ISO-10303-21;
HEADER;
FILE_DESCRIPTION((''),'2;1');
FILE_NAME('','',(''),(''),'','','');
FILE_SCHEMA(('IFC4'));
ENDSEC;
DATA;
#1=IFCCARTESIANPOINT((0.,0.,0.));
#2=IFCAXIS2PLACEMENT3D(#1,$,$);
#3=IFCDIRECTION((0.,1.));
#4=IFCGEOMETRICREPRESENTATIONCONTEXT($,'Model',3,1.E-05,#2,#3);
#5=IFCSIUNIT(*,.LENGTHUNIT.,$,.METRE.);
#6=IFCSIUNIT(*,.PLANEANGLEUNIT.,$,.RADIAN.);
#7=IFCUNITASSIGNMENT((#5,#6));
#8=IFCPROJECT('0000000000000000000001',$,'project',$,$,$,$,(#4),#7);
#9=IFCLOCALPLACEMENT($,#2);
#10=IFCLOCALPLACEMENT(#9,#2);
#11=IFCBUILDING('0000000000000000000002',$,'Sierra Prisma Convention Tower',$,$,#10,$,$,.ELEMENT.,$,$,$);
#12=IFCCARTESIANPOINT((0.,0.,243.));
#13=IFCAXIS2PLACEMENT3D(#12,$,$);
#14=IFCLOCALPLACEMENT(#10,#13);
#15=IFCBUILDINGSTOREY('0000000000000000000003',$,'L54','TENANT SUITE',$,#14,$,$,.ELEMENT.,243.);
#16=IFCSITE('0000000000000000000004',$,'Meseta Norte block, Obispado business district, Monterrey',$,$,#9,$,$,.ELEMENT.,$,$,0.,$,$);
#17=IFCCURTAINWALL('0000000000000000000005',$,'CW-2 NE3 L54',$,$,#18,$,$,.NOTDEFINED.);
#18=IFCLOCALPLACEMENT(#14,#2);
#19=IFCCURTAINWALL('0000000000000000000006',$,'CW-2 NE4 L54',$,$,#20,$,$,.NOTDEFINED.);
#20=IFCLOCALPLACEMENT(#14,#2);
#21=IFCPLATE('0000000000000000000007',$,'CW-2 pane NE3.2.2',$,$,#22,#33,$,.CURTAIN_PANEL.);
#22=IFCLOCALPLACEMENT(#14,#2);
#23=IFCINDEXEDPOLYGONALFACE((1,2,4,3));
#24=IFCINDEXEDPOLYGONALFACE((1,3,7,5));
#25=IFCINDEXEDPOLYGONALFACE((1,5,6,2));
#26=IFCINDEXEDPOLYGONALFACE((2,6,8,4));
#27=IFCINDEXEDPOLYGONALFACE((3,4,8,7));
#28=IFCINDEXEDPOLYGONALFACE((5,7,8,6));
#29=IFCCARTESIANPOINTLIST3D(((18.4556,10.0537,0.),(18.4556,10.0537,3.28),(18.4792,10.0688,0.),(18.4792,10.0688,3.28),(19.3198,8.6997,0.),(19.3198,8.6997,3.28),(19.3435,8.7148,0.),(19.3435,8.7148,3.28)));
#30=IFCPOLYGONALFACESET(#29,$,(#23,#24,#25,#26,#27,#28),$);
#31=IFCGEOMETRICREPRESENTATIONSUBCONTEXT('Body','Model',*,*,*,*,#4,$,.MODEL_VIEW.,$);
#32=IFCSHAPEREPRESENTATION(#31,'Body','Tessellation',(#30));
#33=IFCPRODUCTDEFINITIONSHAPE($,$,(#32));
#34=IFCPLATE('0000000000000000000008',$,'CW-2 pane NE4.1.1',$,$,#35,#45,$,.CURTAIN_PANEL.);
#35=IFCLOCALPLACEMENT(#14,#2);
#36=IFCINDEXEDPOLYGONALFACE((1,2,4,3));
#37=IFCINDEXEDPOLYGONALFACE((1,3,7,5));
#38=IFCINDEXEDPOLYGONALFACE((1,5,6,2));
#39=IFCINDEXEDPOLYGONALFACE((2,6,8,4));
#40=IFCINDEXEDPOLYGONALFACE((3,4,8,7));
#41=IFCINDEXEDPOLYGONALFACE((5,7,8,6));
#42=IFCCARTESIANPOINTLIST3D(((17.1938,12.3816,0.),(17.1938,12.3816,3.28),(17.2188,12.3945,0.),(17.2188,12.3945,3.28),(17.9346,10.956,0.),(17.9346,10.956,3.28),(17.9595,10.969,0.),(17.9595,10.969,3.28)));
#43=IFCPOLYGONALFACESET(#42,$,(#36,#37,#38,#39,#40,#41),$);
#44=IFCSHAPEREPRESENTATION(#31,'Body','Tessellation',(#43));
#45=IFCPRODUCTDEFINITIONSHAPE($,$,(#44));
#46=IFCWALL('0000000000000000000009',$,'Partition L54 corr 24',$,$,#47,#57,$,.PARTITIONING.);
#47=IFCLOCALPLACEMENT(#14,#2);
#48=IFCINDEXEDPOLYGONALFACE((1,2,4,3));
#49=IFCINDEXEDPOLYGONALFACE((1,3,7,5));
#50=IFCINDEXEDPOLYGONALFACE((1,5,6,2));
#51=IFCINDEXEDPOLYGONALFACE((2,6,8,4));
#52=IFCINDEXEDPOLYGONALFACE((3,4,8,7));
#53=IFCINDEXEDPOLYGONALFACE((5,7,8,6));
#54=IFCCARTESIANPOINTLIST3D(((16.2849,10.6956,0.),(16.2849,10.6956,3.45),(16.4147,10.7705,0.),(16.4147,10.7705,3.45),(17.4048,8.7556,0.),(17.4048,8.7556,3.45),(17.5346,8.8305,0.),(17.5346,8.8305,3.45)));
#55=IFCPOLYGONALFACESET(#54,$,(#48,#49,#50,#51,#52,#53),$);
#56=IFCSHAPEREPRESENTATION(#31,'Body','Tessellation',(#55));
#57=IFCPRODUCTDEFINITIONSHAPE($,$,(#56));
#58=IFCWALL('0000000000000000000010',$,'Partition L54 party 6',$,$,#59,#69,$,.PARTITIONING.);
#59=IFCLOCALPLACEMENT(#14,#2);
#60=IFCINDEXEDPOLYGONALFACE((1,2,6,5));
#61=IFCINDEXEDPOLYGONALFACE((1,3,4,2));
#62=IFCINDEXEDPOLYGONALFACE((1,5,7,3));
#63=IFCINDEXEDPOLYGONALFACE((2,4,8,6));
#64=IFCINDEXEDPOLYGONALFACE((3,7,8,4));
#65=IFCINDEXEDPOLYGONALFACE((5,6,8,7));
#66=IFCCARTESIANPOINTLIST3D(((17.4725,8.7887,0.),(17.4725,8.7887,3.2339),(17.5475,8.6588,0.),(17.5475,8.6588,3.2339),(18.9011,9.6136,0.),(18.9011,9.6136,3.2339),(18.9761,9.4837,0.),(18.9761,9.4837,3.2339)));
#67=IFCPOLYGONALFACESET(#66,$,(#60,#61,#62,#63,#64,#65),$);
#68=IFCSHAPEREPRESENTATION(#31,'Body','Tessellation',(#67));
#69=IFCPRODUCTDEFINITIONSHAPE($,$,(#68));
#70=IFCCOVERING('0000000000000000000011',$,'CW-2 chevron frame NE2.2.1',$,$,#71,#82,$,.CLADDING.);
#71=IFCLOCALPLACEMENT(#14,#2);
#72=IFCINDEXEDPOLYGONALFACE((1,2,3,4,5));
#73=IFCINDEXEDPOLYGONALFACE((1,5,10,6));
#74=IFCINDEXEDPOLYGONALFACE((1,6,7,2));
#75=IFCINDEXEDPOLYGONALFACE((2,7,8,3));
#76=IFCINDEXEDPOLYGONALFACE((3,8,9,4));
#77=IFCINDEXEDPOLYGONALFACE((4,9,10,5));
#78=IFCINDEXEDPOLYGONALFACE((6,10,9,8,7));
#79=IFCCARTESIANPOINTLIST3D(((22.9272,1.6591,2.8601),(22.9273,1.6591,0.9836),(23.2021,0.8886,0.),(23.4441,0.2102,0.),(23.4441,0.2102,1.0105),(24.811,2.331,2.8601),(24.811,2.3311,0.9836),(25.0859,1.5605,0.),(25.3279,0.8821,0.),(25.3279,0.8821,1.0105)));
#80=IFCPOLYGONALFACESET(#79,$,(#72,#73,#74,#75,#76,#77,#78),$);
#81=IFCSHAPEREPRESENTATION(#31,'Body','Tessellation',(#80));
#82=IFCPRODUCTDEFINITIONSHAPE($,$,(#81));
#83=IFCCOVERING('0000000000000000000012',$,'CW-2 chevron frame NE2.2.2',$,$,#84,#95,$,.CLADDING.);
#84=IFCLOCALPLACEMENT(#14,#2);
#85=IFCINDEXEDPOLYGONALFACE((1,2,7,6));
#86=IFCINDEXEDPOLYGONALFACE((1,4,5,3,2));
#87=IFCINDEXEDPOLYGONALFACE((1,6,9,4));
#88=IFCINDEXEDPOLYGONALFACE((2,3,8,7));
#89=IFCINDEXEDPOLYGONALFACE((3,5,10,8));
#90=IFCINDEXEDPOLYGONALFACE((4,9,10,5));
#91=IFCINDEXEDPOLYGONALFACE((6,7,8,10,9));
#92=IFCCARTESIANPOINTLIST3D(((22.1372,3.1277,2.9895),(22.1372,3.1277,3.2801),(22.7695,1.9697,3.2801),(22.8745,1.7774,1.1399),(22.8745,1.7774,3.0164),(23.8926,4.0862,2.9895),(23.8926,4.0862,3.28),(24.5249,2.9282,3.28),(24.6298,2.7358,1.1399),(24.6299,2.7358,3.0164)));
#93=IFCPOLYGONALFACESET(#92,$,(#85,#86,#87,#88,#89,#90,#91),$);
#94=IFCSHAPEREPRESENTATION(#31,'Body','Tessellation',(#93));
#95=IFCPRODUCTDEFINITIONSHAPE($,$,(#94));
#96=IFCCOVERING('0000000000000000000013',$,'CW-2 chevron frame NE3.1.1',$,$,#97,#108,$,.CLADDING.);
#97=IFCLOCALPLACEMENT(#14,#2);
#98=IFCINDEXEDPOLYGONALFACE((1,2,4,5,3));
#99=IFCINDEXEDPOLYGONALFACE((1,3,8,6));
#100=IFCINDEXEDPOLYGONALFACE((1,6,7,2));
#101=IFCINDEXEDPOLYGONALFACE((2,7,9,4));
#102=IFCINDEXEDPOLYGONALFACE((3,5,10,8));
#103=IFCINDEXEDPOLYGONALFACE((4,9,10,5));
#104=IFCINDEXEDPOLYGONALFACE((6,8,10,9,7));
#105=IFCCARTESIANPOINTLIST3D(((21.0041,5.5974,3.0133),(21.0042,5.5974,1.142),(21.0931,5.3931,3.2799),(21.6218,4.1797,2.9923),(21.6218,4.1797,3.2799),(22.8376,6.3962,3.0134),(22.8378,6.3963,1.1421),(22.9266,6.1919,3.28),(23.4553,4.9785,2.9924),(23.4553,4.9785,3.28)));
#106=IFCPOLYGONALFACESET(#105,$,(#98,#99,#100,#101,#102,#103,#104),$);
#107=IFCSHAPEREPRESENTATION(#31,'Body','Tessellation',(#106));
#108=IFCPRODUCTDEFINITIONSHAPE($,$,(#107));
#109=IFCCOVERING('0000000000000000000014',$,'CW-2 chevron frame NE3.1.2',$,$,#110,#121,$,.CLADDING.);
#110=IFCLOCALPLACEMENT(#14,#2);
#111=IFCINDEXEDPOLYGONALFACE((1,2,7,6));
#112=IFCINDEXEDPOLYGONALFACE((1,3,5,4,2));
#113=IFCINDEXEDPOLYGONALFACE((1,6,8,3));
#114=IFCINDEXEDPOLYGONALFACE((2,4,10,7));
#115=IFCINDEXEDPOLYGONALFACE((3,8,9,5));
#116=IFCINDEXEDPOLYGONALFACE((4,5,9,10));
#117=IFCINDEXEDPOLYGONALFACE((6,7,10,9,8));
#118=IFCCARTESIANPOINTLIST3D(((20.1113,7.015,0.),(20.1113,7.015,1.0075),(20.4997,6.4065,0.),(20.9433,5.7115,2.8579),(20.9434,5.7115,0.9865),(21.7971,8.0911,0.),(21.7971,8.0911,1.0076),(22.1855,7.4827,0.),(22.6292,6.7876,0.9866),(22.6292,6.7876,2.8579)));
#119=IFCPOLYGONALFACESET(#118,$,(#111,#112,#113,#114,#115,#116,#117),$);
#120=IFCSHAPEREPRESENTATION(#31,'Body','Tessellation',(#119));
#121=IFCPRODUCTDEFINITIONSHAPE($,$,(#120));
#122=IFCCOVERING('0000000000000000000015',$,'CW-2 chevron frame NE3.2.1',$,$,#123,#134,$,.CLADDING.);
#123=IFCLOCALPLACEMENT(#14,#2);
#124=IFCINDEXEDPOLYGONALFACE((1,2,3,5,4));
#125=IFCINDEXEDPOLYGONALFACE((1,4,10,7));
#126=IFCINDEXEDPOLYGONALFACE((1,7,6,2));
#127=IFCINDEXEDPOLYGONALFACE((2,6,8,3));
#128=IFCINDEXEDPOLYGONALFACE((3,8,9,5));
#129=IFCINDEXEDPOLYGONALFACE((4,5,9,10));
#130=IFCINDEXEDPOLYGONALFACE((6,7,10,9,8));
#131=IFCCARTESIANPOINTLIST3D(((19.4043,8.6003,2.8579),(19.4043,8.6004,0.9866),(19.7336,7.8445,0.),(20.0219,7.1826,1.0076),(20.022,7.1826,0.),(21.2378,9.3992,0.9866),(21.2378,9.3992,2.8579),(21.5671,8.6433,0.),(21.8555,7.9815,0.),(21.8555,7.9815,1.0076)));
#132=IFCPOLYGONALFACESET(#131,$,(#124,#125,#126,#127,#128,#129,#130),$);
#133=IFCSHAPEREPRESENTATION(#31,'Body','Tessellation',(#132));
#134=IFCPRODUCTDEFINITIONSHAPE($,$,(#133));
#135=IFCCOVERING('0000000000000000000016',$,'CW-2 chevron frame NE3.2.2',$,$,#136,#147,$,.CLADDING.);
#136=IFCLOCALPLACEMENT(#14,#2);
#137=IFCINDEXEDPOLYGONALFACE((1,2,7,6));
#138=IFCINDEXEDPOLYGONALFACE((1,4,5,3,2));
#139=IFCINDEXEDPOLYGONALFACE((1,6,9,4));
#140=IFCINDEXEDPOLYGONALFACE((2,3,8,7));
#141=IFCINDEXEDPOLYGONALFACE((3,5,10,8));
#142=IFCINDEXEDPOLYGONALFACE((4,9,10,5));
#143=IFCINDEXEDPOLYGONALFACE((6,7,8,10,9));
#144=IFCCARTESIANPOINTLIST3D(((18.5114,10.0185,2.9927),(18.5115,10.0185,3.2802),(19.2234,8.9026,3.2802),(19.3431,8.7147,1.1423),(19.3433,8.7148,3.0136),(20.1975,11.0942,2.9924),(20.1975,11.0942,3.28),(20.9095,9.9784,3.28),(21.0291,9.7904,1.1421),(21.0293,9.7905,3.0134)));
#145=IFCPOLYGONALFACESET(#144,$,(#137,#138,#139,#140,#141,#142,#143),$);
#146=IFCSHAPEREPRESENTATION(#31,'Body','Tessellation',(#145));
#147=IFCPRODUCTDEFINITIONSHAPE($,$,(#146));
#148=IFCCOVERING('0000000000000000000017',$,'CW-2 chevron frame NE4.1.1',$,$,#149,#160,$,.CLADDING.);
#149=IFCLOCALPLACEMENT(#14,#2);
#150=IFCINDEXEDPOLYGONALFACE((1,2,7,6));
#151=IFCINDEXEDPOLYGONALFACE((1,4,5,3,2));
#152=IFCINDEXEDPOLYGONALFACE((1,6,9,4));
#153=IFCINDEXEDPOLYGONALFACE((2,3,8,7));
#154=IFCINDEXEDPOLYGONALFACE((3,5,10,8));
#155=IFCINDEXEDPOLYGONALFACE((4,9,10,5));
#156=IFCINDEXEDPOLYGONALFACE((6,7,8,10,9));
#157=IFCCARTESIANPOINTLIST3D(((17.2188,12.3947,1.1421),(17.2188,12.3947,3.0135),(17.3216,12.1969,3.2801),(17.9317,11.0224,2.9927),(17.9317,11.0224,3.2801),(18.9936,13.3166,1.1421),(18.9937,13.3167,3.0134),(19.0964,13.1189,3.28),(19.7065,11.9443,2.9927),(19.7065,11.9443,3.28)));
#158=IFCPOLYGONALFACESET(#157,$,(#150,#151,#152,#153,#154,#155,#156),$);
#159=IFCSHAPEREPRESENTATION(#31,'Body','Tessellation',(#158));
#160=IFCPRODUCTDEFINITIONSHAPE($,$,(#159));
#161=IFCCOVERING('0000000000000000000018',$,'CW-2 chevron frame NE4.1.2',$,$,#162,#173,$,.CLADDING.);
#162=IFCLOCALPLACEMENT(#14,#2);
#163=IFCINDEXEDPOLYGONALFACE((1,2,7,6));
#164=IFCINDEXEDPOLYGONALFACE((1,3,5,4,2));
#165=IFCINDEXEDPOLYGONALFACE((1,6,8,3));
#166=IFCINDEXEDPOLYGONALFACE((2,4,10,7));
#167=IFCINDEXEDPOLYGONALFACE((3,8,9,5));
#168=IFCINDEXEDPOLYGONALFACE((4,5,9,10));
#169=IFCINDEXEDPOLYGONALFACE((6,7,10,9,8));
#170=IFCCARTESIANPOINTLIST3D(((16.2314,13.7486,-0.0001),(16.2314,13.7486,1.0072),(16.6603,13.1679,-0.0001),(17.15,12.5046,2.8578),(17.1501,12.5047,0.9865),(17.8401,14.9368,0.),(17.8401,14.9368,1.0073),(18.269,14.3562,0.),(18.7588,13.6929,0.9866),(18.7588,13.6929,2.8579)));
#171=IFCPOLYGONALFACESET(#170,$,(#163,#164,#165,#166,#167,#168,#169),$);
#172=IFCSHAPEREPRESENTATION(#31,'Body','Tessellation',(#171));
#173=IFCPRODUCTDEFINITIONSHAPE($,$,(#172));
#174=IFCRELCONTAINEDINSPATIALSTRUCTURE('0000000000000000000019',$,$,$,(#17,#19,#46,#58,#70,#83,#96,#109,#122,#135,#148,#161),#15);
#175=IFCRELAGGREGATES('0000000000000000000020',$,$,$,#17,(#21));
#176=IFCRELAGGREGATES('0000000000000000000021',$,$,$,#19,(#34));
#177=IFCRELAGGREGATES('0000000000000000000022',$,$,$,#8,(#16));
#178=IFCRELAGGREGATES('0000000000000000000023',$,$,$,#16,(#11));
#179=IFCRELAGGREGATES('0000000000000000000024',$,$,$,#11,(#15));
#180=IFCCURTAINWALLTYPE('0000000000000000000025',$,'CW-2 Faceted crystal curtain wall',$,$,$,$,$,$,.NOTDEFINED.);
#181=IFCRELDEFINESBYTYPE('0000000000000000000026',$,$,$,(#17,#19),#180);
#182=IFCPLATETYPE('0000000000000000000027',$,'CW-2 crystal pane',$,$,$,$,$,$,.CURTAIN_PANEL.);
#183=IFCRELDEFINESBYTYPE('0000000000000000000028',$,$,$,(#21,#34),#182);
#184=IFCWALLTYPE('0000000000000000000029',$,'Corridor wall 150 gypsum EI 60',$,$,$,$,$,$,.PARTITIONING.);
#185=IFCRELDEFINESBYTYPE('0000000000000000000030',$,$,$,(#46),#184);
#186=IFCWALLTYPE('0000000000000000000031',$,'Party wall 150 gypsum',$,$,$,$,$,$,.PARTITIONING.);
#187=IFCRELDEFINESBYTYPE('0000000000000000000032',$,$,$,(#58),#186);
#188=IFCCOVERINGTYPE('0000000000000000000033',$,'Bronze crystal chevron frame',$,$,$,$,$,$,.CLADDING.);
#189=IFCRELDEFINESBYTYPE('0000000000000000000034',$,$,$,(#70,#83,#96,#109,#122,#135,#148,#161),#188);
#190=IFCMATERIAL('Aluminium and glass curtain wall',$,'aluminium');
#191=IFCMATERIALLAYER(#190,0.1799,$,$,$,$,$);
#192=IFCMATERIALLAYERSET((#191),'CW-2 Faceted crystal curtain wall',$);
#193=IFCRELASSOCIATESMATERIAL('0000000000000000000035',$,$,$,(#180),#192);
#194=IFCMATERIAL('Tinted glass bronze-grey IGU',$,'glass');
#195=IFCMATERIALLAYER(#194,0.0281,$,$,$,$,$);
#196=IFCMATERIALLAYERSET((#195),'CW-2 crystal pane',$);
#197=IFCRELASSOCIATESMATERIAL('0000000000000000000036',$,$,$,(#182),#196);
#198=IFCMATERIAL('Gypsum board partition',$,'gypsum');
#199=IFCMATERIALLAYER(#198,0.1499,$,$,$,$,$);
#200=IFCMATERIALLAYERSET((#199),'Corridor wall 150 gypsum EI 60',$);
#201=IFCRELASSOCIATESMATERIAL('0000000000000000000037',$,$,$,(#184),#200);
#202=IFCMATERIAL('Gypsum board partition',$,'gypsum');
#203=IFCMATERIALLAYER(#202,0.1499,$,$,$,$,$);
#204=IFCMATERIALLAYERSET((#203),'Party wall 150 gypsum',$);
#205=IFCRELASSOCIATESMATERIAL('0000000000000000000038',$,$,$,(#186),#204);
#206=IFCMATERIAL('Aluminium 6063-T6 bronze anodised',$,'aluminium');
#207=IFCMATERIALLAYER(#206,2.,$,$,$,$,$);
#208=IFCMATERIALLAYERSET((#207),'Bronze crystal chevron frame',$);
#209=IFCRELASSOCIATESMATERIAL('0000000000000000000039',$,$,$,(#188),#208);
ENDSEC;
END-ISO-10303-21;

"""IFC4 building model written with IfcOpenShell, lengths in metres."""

from ifc_helpers import new_model, si_unit, direction, frame, frame_2d, origin, place, context, subcontext, project, spatial, polyline, rectangle, outline, extrude, material, layer, layer_set, type_object, element, aggregate, save


model = new_model("IFC4")

# Units and contexts
model_context = context("Model", 3, precision=1e-05, world=origin(), true_north=direction((0.0, 1.0)))
body_context = subcontext(model_context, "Body", "Model", "MODEL_VIEW")
ifc_project = project(units=[si_unit("LENGTHUNIT", "METRE"), si_unit("PLANEANGLEUNIT", "RADIAN")], contexts=[model_context])

# Site, building, storey
site_placement = place(None, origin())
site = spatial("IfcSite", under=ifc_project, at=site_placement, Name="Meseta Norte block, Obispado business district, Monterrey", CompositionType="ELEMENT", RefElevation=0.0)
building_placement = place(site_placement, origin())
building = spatial("IfcBuilding", under=site, at=building_placement, Name="Sierra Prisma Convention Tower", CompositionType="ELEMENT")
storey_placement = place(building_placement, frame((0.0, 0.0, 243.0)))
storey = spatial("IfcBuildingStorey", under=building, at=storey_placement, Name="L54", Description="TENANT SUITE", CompositionType="ELEMENT", Elevation=243.0)

# Shared definitions
ifc_material_1 = material(Name="Aluminium and glass curtain wall", Category="aluminium")
ifc_layer_1 = layer(ifc_material_1, 0.1799)
ifc_layer_set_1 = layer_set([ifc_layer_1], Name="CW-2 Faceted crystal curtain wall")
curtain_wall_type = type_object("IfcCurtainWallType", Name="CW-2 Faceted crystal curtain wall", PredefinedType="NOTDEFINED", material=ifc_layer_set_1)

# Curtain wall
curtain_wall_1_placement = place(storey_placement, origin())
curtain_wall_1 = element("IfcCurtainWall", 1, at=curtain_wall_1_placement, inside=storey, type_object=curtain_wall_type, Name="CW-2 NE3 L54", PredefinedType="NOTDEFINED")

# Curtain wall
curtain_wall_2_placement = place(storey_placement, origin())
curtain_wall_2 = element("IfcCurtainWall", 2, at=curtain_wall_2_placement, inside=storey, type_object=curtain_wall_type, Name="CW-2 NE4 L54", PredefinedType="NOTDEFINED")

# Plates
ifc_material_2 = material(Name="Tinted glass bronze-grey IGU", Category="glass")
ifc_layer_2 = layer(ifc_material_2, 0.0281)
ifc_layer_set_2 = layer_set([ifc_layer_2], Name="CW-2 crystal pane")
plate_type = type_object("IfcPlateType", Name="CW-2 crystal pane", PredefinedType="CURTAIN_PANEL", material=ifc_layer_set_2)
plate_1_placement = place(storey_placement, frame((18.4792, 10.0688, 0.0), z_axis=(0.842922, 0.538035, 0.0), x_axis=(0.538035, -0.842922, 0.0)))
plate_1 = element("IfcPlate", 3, at=plate_1_placement, type_object=plate_type, Name="CW-2 pane NE3.2.2", PredefinedType="CURTAIN_PANEL", context=body_context, shape_type="SweptSolid", body=[
    extrude(outline(polyline([(0.0, 0.0), (1.6063, 0.0), (1.6063, -3.28), (0.0, -3.28), (0.0, 0.0)])), origin(), (0.0, 0.0, -1.0), 0.0281),
])
aggregate(curtain_wall_1, [plate_1])
plate_2_placement = place(storey_placement, frame((17.9595, 10.969, 0.0), z_axis=(0.887359, 0.46108, 0.0), x_axis=(-0.46108, 0.887359, 0.0)))
plate_2 = element("IfcPlate", 4, at=plate_2_placement, type_object=plate_type, Name="CW-2 pane NE4.1.1", PredefinedType="CURTAIN_PANEL", context=body_context, shape_type="SweptSolid", body=[
    extrude(outline(polyline([(0.0, 0.0), (1.6065, 0.0), (1.6065, 3.28), (0.0, 3.28), (0.0, 0.0)])), origin(), (0.0, 0.0, -1.0), 0.0281),
])
aggregate(curtain_wall_2, [plate_2])

# Walls
ifc_material_3 = material(Name="Gypsum board partition", Category="gypsum")
ifc_layer_3 = layer(ifc_material_3, 0.1499)
ifc_layer_set_3 = layer_set([ifc_layer_3], Name="Corridor wall 150 gypsum EI 60")
wall_type_1 = type_object("IfcWallType", Name="Corridor wall 150 gypsum EI 60", PredefinedType="PARTITIONING", material=ifc_layer_set_3)
wall_1_placement = place(storey_placement, frame((17.4697, 8.793, 0.0), z_axis=(0.0, 0.0, 1.0), x_axis=(-0.499949, 0.866055, 0.0)))
element("IfcWall", 5, at=wall_1_placement, inside=storey, type_object=wall_type_1, Name="Partition L54 corr 24", PredefinedType="PARTITIONING", context=body_context, shape_type="SweptSolid", body=[
    extrude(rectangle(XDim=2.24, YDim=0.1499, at=frame_2d((1.1201, 0.0))), origin(), (0.0, 0.0, 1.0), 3.45),
])
ifc_material_4 = material(Name="Gypsum board partition", Category="gypsum")
ifc_layer_4 = layer(ifc_material_4, 0.1499)
ifc_layer_set_4 = layer_set([ifc_layer_4], Name="Party wall 150 gypsum")
wall_type_2 = type_object("IfcWallType", Name="Party wall 150 gypsum", PredefinedType="PARTITIONING", material=ifc_layer_set_4)
wall_2_placement = place(storey_placement, frame((18.9385, 9.5486, 0.0), z_axis=(0.0, 0.0, 1.0), x_axis=(-0.866003, -0.500038, 0.0)))
element("IfcWall", 6, at=wall_2_placement, inside=storey, type_object=wall_type_2, Name="Partition L54 party 6", PredefinedType="PARTITIONING", context=body_context, shape_type="SweptSolid", body=[
    extrude(rectangle(XDim=1.6497, YDim=0.1499, at=frame_2d((0.8247, 0.0))), origin(), (0.0, 0.0, 1.0), 3.2339),
])

# Coverings
ifc_material_5 = material(Name="Aluminium 6063-T6 bronze anodised", Category="aluminium")
ifc_layer_5 = layer(ifc_material_5, 2.0)
ifc_layer_set_5 = layer_set([ifc_layer_5], Name="Bronze crystal chevron frame")
covering_type = type_object("IfcCoveringType", Name="Bronze crystal chevron frame", PredefinedType="CLADDING", material=ifc_layer_set_5)
covering_1_placement = place(storey_placement, frame((25.3279, 0.8821, 0.0), z_axis=(0.941879, 0.335954, 0.000018), x_axis=(-0.335954, 0.941879, 0.0)))
element("IfcCovering", 7, at=covering_1_placement, inside=storey, type_object=covering_type, Name="CW-2 chevron frame NE2.2.1", PredefinedType="CLADDING", context=body_context, shape_type="SweptSolid", body=[
    extrude(outline(polyline([(0.0, 0.0), (0.7203, 0.0), (1.5384, 0.9836), (1.5384, 2.8601), (0.0, 1.0105), (0.0, 0.0)])), origin(), (0.0, 0.0, -1.0), 2.0),
])
covering_2_placement = place(storey_placement, frame((23.8926, 4.0862, 3.28), z_axis=(0.877687, 0.479234, -0.000023), x_axis=(0.479234, -0.877687, 0.0)))
element("IfcCovering", 8, at=covering_2_placement, inside=storey, type_object=covering_type, Name="CW-2 chevron frame NE2.2.2", PredefinedType="CLADDING", context=body_context, shape_type="SweptSolid", body=[
    extrude(outline(polyline([(0.0, 0.0), (1.3194, 0.0), (1.5385, 0.2637), (1.5385, 2.1401), (0.0, 0.2905), (0.0, 0.0)])), origin(), (0.0, 0.0, -1.0), 2.0),
])
covering_3_placement = place(storey_placement, frame((23.4553, 4.9785, 3.28), z_axis=(0.916764, 0.399429, 0.000062), x_axis=(0.000057, 0.000025, -1.0)))
element("IfcCovering", 9, at=covering_3_placement, inside=storey, type_object=covering_type, Name="CW-2 chevron frame NE3.1.1", PredefinedType="CLADDING", context=body_context, shape_type="SweptSolid", body=[
    extrude(outline(polyline([(0.0, 0.0), (0.2876, 0.0), (2.1379, 1.5464), (0.2666, 1.5464), (0.0, 1.3236), (0.0, 0.0)])), origin(), (0.0, 0.0, -1.0), 2.0),
])
covering_4_placement = place(storey_placement, frame((22.6292, 6.7876, 2.8579), z_axis=(0.842907, 0.53806, 0.000019), x_axis=(0.000016, 0.00001, -1.0)))
element("IfcCovering", 10, at=covering_4_placement, inside=storey, type_object=covering_type, Name="CW-2 chevron frame NE3.1.2", PredefinedType="CLADDING", context=body_context, shape_type="SweptSolid", body=[
    extrude(outline(polyline([(0.0, 0.0), (1.8713, 0.0), (2.8579, 0.8246), (2.8579, 1.5464), (1.8503, 1.5464), (0.0, 0.0)])), origin(), (0.0, 0.0, -1.0), 2.0),
])
covering_5_placement = place(storey_placement, frame((21.5671, 8.6433, 0.0), z_axis=(0.916771, 0.399414, 0.000009), x_axis=(-0.256135, 0.587889, 0.767321)))
element("IfcCovering", 11, at=covering_5_placement, inside=storey, type_object=covering_type, Name="CW-2 chevron frame NE3.2.1", PredefinedType="CLADDING", context=body_context, shape_type="SweptSolid", body=[
    extrude(outline(polyline([(0.0, 0.0), (1.2857, 0.0), (2.7217, 1.2), (0.3102, 1.2001), (-0.463, 0.554), (0.0, 0.0)])), origin(), (0.0, 0.0, -1.0), 2.0),
])
covering_6_placement = place(storey_placement, frame((20.1975, 11.0942, 3.28), z_axis=(0.84302, 0.537882, -0.00011), x_axis=(0.537882, -0.84302, 0.0)))
element("IfcCovering", 12, at=covering_6_placement, inside=storey, type_object=covering_type, Name="CW-2 chevron frame NE3.2.2", PredefinedType="CLADDING", context=body_context, shape_type="SweptSolid", body=[
    extrude(outline(polyline([(0.0, 0.0), (1.3236, 0.0), (1.5465, 0.2666), (1.5465, 2.1379), (0.0, 0.2876), (0.0, 0.0)])), origin(), (0.0, 0.0, -1.0), 2.0),
])
covering_7_placement = place(storey_placement, frame((19.7065, 11.9443, 3.28), z_axis=(0.887407, 0.460987, -0.00002), x_axis=(-0.000018, -0.000009, -1.0)))
element("IfcCovering", 13, at=covering_7_placement, inside=storey, type_object=covering_type, Name="CW-2 chevron frame NE4.1.1", PredefinedType="CLADDING", context=body_context, shape_type="SweptSolid", body=[
    extrude(outline(polyline([(0.0, 0.0), (0.2874, 0.0), (2.1379, 1.5464), (0.2666, 1.5464), (0.0, 1.3236), (0.0, 0.0)])), origin(), (0.0, 0.0, -1.0), 2.0),
])
covering_8_placement = place(storey_placement, frame((18.7588, 13.6929, 2.8579), z_axis=(0.804377, 0.594119, 0.00004), x_axis=(0.000033, 0.000024, -1.0)))
element("IfcCovering", 14, at=covering_8_placement, inside=storey, type_object=covering_type, Name="CW-2 chevron frame NE4.1.2", PredefinedType="CLADDING", context=body_context, shape_type="SweptSolid", body=[
    extrude(outline(polyline([(0.0, 0.0), (1.8713, 0.0), (2.8579, 0.8245), (2.8579, 1.5464), (1.8506, 1.5464), (0.0, 0.0)])), origin(), (0.0, 0.0, -1.0), 2.0),
])

save(model, "model.ifc")
